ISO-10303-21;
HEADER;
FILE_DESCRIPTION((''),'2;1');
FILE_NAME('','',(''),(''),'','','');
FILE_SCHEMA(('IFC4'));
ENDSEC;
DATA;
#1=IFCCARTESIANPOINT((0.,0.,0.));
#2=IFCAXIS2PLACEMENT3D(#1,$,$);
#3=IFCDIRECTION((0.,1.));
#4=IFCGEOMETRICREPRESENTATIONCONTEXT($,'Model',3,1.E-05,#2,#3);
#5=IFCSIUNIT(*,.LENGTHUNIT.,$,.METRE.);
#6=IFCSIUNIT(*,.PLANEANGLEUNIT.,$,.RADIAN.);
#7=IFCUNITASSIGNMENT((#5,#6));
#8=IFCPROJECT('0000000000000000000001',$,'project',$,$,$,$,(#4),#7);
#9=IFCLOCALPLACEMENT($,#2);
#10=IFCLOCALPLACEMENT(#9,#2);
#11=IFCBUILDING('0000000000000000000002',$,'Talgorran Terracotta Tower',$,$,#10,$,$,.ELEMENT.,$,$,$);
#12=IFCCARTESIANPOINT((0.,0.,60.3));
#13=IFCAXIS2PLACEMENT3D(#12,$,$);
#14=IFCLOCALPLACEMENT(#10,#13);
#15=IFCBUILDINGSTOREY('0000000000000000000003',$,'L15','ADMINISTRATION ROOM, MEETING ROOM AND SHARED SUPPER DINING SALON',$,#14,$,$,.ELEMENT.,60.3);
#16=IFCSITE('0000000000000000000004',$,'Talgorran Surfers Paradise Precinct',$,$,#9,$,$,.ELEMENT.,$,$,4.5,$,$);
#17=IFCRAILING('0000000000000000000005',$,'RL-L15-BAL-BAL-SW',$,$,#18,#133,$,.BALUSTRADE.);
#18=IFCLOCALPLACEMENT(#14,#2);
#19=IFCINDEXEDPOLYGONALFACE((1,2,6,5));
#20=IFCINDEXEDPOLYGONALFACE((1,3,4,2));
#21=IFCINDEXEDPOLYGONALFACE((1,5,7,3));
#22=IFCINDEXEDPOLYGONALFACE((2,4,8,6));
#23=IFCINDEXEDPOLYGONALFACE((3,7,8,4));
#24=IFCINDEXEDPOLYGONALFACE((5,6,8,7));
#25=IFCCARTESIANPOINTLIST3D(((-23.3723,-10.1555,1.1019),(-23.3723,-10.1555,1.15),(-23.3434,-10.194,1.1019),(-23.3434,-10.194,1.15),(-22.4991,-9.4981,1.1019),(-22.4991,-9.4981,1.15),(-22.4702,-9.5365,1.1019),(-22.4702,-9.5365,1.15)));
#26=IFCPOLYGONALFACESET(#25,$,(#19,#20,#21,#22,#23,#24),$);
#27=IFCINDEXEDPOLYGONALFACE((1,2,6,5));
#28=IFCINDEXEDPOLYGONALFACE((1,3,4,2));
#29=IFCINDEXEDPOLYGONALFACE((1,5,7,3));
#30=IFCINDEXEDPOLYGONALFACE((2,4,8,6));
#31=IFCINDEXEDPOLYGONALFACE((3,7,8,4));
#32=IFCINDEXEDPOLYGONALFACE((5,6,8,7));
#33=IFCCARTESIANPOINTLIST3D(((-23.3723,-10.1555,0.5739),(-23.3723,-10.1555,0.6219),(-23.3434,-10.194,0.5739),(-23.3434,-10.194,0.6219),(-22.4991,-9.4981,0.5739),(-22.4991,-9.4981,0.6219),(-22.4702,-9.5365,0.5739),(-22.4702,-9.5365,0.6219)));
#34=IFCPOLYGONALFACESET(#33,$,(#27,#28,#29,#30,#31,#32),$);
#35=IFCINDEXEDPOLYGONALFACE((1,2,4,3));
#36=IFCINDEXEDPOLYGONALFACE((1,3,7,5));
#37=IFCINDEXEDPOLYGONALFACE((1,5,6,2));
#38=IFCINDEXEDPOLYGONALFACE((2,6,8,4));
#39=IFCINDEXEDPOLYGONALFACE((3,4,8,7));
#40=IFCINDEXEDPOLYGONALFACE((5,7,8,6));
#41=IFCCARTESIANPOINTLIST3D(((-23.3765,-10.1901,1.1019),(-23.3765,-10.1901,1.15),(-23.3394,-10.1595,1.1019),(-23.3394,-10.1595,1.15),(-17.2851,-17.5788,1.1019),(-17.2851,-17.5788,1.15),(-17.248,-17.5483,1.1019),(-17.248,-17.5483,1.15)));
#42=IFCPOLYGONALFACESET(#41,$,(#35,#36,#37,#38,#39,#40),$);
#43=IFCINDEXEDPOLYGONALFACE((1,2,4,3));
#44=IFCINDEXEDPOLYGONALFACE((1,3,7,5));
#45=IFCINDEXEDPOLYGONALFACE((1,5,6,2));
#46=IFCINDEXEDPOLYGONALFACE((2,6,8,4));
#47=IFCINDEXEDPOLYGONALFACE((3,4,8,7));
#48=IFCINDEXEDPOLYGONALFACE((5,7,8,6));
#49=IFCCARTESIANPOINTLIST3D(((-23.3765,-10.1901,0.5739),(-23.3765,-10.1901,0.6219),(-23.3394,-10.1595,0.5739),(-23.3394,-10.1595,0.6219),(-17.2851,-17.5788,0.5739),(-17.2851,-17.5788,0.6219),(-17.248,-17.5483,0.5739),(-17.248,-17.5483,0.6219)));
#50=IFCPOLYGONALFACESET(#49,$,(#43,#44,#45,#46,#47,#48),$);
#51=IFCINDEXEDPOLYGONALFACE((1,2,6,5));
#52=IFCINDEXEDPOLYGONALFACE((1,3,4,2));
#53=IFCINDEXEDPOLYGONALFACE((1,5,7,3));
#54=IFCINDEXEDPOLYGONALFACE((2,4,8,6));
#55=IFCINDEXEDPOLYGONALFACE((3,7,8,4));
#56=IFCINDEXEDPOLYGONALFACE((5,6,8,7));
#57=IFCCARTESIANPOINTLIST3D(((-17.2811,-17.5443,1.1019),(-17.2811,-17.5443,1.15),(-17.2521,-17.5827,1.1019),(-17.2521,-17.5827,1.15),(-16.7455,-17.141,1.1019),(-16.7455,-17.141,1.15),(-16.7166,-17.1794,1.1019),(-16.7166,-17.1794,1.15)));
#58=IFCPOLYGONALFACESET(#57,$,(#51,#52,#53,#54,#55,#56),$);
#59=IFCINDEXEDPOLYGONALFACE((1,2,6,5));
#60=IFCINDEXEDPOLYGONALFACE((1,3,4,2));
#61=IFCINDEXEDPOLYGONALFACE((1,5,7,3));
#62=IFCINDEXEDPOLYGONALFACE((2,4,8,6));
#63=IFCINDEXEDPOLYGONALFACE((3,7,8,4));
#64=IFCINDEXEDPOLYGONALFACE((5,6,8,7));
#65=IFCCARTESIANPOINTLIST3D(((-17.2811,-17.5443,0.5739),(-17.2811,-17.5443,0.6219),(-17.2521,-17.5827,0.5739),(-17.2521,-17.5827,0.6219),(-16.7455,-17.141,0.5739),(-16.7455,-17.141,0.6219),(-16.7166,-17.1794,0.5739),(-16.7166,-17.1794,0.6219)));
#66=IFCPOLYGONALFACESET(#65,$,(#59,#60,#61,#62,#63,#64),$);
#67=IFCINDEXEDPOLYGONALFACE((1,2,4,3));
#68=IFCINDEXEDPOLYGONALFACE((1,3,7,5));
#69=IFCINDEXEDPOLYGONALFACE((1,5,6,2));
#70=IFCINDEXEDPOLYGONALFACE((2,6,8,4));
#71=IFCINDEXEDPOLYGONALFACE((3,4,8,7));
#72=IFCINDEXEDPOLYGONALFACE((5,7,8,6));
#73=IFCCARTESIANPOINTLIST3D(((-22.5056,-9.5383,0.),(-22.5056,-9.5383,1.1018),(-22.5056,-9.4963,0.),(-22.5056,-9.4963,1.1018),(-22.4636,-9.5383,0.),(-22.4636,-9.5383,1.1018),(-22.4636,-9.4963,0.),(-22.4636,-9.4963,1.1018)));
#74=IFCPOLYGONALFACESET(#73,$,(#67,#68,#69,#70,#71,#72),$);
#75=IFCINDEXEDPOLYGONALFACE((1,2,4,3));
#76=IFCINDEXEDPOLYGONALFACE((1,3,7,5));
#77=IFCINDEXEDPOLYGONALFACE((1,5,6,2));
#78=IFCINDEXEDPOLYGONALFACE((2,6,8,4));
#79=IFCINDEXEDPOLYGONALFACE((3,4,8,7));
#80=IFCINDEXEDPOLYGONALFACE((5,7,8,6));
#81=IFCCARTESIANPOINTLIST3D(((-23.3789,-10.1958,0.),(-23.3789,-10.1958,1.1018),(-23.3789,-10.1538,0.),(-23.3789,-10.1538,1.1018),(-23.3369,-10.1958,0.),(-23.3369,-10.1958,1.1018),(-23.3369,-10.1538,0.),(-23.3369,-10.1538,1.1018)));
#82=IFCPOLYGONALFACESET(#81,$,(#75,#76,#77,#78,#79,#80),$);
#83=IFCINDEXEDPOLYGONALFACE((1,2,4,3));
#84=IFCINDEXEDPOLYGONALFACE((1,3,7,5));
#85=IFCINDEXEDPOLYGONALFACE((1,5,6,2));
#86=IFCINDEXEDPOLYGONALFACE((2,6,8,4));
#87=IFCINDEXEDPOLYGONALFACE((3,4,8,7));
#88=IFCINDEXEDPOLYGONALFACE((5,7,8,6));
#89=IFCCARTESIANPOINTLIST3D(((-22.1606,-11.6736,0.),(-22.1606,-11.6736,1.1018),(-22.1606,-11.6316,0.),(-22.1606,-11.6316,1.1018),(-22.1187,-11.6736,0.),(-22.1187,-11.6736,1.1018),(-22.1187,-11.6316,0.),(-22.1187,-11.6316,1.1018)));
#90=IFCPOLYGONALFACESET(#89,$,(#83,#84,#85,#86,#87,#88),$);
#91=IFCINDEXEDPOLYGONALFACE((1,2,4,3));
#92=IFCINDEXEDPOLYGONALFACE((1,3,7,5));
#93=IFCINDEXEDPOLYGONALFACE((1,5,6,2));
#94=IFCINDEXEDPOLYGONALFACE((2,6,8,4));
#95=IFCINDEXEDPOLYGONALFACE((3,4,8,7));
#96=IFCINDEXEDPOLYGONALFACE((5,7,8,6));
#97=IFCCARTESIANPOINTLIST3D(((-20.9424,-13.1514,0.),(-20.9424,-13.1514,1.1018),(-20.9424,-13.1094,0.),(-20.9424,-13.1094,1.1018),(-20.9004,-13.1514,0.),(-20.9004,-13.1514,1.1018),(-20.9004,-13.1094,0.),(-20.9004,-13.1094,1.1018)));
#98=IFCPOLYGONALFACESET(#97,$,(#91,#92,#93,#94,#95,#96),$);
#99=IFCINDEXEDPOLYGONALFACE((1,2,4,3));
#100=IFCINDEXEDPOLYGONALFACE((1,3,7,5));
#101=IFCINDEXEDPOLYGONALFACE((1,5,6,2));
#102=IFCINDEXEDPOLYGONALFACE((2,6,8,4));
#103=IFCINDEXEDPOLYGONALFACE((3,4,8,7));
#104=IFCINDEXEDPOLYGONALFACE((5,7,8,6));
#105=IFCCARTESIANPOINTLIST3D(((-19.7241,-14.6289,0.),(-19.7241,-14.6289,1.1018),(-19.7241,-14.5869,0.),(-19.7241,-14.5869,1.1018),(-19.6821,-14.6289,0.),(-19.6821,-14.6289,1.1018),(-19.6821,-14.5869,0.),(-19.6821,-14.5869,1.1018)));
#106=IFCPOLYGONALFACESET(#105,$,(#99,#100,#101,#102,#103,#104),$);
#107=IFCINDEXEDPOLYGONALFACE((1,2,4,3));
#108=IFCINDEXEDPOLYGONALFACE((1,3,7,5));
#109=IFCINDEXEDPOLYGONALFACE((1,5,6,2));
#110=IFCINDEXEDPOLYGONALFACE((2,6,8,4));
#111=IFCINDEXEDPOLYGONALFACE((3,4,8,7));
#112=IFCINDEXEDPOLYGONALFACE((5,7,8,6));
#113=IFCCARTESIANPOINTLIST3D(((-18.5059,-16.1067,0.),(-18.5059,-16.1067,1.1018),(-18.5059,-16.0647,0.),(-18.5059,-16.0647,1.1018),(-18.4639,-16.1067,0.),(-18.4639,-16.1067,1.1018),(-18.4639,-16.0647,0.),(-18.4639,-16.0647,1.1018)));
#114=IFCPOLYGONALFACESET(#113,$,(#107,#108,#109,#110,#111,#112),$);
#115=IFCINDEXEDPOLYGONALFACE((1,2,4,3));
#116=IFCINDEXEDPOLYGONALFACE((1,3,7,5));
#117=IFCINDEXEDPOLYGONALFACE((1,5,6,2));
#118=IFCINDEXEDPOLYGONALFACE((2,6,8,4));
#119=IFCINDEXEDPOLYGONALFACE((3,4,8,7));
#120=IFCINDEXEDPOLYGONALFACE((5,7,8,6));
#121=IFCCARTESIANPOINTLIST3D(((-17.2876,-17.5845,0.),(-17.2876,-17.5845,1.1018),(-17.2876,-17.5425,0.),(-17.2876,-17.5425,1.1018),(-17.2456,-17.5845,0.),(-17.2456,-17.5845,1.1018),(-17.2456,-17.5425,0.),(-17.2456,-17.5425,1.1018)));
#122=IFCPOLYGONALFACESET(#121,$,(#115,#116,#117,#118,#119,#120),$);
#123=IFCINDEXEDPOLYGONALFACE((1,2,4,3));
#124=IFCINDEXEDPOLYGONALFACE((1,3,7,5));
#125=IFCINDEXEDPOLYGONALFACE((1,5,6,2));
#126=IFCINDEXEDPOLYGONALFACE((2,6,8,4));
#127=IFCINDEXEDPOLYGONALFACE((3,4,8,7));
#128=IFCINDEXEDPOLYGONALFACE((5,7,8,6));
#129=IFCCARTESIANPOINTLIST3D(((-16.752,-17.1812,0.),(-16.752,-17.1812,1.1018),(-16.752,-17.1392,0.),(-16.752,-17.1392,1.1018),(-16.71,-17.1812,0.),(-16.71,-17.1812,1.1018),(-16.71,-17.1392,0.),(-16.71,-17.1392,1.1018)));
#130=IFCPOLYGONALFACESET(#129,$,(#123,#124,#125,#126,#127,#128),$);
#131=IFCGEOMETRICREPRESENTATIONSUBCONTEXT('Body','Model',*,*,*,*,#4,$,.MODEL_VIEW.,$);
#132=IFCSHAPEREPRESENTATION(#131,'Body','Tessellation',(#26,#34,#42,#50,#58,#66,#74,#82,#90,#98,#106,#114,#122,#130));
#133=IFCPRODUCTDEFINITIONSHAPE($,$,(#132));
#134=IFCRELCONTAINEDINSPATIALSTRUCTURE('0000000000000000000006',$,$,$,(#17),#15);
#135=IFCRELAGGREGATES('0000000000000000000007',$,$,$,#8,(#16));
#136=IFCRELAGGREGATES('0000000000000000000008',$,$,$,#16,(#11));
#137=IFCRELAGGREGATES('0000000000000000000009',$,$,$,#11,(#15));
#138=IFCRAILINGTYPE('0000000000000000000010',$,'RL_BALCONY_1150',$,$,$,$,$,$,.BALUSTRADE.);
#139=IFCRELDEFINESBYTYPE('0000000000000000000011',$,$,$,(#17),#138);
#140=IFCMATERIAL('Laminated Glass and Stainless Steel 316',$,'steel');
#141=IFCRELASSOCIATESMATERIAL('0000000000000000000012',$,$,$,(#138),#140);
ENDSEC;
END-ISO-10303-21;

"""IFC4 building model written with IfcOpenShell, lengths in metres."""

from ifc_helpers import new_model, si_unit, direction, frame, origin, origin_2d, place, context, subcontext, project, spatial, rectangle, extrude, material, type_object, element, save


model = new_model("IFC4")

# Units and contexts
model_context = context("Model", 3, precision=1e-05, world=origin(), true_north=direction((0.0, 1.0)))
body_context = subcontext(model_context, "Body", "Model", "MODEL_VIEW")
ifc_project = project(units=[si_unit("LENGTHUNIT", "METRE"), si_unit("PLANEANGLEUNIT", "RADIAN")], contexts=[model_context])

# Site, building, storey
site_placement = place(None, origin())
site = spatial("IfcSite", under=ifc_project, at=site_placement, Name="Talgorran Surfers Paradise Precinct", CompositionType="ELEMENT", RefElevation=4.5)
building_placement = place(site_placement, origin())
building = spatial("IfcBuilding", under=site, at=building_placement, Name="Talgorran Terracotta Tower", CompositionType="ELEMENT")
storey_placement = place(building_placement, frame((0.0, 0.0, 60.3)))
storey = spatial("IfcBuildingStorey", under=building, at=storey_placement, Name="L15", Description="ADMINISTRATION ROOM, MEETING ROOM AND SHARED SUPPER DINING SALON", CompositionType="ELEMENT", Elevation=60.3)

# Railing
ifc_material_1 = material(Name="Laminated Glass and Stainless Steel 316", Category="steel")
railing_type = type_object("IfcRailingType", Name="RL_BALCONY_1150", PredefinedType="BALUSTRADE", material=ifc_material_1)
railing_placement = place(storey_placement, frame((-22.4846, -9.5173, 0.0)))
element("IfcRailing", 1, at=railing_placement, inside=storey, type_object=railing_type, Name="RL-L15-BAL-BAL-SW", PredefinedType="BALUSTRADE", context=body_context, shape_type="SweptSolid", body=[
    extrude(rectangle(XDim=0.0481, YDim=0.0481, at=origin_2d()), frame((0.0, 0.0, 1.126), z_axis=(-0.7989, -0.601464, 0.0), x_axis=(0.601464, -0.7989, 0.0)), (0.0, 0.0, 1.0), 1.093),
    extrude(rectangle(XDim=0.0481, YDim=0.0481, at=origin_2d()), frame((0.0, 0.0, 0.5979), z_axis=(-0.7989, -0.601464, 0.0), x_axis=(0.601464, -0.7989, 0.0)), (0.0, 0.0, 1.0), 1.093),
    extrude(rectangle(XDim=0.0481, YDim=0.0481, at=origin_2d()), frame((-0.8733, -0.6575, 1.126), z_axis=(0.636113, -0.771596, 0.0), x_axis=(0.771596, 0.636113, 0.0)), (0.0, 0.0, 1.0), 9.5759),
    extrude(rectangle(XDim=0.0481, YDim=0.0481, at=origin_2d()), frame((-0.8733, -0.6575, 0.5979), z_axis=(0.636113, -0.771596, 0.0), x_axis=(0.771596, 0.636113, 0.0)), (0.0, 0.0, 1.0), 9.5759),
    extrude(rectangle(XDim=0.0481, YDim=0.0481, at=origin_2d()), frame((5.218, -8.0461, 1.126), z_axis=(0.798863, 0.601514, 0.0), x_axis=(-0.601514, 0.798863, 0.0)), (0.0, 0.0, 1.0), 0.6704),
    extrude(rectangle(XDim=0.0481, YDim=0.0481, at=origin_2d()), frame((5.218, -8.0461, 0.5979), z_axis=(0.798863, 0.601514, 0.0), x_axis=(-0.601514, 0.798863, 0.0)), (0.0, 0.0, 1.0), 0.6704),
    extrude(rectangle(XDim=0.042, YDim=0.042, at=origin_2d()), origin(), (0.0, 0.0, 1.0), 1.1018),
    extrude(rectangle(XDim=0.042, YDim=0.042, at=origin_2d()), frame((-0.8733, -0.6575, 0.0)), (0.0, 0.0, 1.0), 1.1018),
    extrude(rectangle(XDim=0.042, YDim=0.042, at=origin_2d()), frame((0.345, -2.1353, 0.0)), (0.0, 0.0, 1.0), 1.1018),
    extrude(rectangle(XDim=0.042, YDim=0.042, at=origin_2d()), frame((1.5632, -3.613, 0.0)), (0.0, 0.0, 1.0), 1.1018),
    extrude(rectangle(XDim=0.042, YDim=0.042, at=origin_2d()), frame((2.7815, -5.0906, 0.0)), (0.0, 0.0, 1.0), 1.1018),
    extrude(rectangle(XDim=0.042, YDim=0.042, at=origin_2d()), frame((3.9998, -6.5684, 0.0)), (0.0, 0.0, 1.0), 1.1018),
    extrude(rectangle(XDim=0.042, YDim=0.042, at=origin_2d()), frame((5.218, -8.0461, 0.0)), (0.0, 0.0, 1.0), 1.1018),
    extrude(rectangle(XDim=0.042, YDim=0.042, at=origin_2d()), frame((5.7537, -7.6428, 0.0)), (0.0, 0.0, 1.0), 1.1018),
])

save(model, "model.ifc")
